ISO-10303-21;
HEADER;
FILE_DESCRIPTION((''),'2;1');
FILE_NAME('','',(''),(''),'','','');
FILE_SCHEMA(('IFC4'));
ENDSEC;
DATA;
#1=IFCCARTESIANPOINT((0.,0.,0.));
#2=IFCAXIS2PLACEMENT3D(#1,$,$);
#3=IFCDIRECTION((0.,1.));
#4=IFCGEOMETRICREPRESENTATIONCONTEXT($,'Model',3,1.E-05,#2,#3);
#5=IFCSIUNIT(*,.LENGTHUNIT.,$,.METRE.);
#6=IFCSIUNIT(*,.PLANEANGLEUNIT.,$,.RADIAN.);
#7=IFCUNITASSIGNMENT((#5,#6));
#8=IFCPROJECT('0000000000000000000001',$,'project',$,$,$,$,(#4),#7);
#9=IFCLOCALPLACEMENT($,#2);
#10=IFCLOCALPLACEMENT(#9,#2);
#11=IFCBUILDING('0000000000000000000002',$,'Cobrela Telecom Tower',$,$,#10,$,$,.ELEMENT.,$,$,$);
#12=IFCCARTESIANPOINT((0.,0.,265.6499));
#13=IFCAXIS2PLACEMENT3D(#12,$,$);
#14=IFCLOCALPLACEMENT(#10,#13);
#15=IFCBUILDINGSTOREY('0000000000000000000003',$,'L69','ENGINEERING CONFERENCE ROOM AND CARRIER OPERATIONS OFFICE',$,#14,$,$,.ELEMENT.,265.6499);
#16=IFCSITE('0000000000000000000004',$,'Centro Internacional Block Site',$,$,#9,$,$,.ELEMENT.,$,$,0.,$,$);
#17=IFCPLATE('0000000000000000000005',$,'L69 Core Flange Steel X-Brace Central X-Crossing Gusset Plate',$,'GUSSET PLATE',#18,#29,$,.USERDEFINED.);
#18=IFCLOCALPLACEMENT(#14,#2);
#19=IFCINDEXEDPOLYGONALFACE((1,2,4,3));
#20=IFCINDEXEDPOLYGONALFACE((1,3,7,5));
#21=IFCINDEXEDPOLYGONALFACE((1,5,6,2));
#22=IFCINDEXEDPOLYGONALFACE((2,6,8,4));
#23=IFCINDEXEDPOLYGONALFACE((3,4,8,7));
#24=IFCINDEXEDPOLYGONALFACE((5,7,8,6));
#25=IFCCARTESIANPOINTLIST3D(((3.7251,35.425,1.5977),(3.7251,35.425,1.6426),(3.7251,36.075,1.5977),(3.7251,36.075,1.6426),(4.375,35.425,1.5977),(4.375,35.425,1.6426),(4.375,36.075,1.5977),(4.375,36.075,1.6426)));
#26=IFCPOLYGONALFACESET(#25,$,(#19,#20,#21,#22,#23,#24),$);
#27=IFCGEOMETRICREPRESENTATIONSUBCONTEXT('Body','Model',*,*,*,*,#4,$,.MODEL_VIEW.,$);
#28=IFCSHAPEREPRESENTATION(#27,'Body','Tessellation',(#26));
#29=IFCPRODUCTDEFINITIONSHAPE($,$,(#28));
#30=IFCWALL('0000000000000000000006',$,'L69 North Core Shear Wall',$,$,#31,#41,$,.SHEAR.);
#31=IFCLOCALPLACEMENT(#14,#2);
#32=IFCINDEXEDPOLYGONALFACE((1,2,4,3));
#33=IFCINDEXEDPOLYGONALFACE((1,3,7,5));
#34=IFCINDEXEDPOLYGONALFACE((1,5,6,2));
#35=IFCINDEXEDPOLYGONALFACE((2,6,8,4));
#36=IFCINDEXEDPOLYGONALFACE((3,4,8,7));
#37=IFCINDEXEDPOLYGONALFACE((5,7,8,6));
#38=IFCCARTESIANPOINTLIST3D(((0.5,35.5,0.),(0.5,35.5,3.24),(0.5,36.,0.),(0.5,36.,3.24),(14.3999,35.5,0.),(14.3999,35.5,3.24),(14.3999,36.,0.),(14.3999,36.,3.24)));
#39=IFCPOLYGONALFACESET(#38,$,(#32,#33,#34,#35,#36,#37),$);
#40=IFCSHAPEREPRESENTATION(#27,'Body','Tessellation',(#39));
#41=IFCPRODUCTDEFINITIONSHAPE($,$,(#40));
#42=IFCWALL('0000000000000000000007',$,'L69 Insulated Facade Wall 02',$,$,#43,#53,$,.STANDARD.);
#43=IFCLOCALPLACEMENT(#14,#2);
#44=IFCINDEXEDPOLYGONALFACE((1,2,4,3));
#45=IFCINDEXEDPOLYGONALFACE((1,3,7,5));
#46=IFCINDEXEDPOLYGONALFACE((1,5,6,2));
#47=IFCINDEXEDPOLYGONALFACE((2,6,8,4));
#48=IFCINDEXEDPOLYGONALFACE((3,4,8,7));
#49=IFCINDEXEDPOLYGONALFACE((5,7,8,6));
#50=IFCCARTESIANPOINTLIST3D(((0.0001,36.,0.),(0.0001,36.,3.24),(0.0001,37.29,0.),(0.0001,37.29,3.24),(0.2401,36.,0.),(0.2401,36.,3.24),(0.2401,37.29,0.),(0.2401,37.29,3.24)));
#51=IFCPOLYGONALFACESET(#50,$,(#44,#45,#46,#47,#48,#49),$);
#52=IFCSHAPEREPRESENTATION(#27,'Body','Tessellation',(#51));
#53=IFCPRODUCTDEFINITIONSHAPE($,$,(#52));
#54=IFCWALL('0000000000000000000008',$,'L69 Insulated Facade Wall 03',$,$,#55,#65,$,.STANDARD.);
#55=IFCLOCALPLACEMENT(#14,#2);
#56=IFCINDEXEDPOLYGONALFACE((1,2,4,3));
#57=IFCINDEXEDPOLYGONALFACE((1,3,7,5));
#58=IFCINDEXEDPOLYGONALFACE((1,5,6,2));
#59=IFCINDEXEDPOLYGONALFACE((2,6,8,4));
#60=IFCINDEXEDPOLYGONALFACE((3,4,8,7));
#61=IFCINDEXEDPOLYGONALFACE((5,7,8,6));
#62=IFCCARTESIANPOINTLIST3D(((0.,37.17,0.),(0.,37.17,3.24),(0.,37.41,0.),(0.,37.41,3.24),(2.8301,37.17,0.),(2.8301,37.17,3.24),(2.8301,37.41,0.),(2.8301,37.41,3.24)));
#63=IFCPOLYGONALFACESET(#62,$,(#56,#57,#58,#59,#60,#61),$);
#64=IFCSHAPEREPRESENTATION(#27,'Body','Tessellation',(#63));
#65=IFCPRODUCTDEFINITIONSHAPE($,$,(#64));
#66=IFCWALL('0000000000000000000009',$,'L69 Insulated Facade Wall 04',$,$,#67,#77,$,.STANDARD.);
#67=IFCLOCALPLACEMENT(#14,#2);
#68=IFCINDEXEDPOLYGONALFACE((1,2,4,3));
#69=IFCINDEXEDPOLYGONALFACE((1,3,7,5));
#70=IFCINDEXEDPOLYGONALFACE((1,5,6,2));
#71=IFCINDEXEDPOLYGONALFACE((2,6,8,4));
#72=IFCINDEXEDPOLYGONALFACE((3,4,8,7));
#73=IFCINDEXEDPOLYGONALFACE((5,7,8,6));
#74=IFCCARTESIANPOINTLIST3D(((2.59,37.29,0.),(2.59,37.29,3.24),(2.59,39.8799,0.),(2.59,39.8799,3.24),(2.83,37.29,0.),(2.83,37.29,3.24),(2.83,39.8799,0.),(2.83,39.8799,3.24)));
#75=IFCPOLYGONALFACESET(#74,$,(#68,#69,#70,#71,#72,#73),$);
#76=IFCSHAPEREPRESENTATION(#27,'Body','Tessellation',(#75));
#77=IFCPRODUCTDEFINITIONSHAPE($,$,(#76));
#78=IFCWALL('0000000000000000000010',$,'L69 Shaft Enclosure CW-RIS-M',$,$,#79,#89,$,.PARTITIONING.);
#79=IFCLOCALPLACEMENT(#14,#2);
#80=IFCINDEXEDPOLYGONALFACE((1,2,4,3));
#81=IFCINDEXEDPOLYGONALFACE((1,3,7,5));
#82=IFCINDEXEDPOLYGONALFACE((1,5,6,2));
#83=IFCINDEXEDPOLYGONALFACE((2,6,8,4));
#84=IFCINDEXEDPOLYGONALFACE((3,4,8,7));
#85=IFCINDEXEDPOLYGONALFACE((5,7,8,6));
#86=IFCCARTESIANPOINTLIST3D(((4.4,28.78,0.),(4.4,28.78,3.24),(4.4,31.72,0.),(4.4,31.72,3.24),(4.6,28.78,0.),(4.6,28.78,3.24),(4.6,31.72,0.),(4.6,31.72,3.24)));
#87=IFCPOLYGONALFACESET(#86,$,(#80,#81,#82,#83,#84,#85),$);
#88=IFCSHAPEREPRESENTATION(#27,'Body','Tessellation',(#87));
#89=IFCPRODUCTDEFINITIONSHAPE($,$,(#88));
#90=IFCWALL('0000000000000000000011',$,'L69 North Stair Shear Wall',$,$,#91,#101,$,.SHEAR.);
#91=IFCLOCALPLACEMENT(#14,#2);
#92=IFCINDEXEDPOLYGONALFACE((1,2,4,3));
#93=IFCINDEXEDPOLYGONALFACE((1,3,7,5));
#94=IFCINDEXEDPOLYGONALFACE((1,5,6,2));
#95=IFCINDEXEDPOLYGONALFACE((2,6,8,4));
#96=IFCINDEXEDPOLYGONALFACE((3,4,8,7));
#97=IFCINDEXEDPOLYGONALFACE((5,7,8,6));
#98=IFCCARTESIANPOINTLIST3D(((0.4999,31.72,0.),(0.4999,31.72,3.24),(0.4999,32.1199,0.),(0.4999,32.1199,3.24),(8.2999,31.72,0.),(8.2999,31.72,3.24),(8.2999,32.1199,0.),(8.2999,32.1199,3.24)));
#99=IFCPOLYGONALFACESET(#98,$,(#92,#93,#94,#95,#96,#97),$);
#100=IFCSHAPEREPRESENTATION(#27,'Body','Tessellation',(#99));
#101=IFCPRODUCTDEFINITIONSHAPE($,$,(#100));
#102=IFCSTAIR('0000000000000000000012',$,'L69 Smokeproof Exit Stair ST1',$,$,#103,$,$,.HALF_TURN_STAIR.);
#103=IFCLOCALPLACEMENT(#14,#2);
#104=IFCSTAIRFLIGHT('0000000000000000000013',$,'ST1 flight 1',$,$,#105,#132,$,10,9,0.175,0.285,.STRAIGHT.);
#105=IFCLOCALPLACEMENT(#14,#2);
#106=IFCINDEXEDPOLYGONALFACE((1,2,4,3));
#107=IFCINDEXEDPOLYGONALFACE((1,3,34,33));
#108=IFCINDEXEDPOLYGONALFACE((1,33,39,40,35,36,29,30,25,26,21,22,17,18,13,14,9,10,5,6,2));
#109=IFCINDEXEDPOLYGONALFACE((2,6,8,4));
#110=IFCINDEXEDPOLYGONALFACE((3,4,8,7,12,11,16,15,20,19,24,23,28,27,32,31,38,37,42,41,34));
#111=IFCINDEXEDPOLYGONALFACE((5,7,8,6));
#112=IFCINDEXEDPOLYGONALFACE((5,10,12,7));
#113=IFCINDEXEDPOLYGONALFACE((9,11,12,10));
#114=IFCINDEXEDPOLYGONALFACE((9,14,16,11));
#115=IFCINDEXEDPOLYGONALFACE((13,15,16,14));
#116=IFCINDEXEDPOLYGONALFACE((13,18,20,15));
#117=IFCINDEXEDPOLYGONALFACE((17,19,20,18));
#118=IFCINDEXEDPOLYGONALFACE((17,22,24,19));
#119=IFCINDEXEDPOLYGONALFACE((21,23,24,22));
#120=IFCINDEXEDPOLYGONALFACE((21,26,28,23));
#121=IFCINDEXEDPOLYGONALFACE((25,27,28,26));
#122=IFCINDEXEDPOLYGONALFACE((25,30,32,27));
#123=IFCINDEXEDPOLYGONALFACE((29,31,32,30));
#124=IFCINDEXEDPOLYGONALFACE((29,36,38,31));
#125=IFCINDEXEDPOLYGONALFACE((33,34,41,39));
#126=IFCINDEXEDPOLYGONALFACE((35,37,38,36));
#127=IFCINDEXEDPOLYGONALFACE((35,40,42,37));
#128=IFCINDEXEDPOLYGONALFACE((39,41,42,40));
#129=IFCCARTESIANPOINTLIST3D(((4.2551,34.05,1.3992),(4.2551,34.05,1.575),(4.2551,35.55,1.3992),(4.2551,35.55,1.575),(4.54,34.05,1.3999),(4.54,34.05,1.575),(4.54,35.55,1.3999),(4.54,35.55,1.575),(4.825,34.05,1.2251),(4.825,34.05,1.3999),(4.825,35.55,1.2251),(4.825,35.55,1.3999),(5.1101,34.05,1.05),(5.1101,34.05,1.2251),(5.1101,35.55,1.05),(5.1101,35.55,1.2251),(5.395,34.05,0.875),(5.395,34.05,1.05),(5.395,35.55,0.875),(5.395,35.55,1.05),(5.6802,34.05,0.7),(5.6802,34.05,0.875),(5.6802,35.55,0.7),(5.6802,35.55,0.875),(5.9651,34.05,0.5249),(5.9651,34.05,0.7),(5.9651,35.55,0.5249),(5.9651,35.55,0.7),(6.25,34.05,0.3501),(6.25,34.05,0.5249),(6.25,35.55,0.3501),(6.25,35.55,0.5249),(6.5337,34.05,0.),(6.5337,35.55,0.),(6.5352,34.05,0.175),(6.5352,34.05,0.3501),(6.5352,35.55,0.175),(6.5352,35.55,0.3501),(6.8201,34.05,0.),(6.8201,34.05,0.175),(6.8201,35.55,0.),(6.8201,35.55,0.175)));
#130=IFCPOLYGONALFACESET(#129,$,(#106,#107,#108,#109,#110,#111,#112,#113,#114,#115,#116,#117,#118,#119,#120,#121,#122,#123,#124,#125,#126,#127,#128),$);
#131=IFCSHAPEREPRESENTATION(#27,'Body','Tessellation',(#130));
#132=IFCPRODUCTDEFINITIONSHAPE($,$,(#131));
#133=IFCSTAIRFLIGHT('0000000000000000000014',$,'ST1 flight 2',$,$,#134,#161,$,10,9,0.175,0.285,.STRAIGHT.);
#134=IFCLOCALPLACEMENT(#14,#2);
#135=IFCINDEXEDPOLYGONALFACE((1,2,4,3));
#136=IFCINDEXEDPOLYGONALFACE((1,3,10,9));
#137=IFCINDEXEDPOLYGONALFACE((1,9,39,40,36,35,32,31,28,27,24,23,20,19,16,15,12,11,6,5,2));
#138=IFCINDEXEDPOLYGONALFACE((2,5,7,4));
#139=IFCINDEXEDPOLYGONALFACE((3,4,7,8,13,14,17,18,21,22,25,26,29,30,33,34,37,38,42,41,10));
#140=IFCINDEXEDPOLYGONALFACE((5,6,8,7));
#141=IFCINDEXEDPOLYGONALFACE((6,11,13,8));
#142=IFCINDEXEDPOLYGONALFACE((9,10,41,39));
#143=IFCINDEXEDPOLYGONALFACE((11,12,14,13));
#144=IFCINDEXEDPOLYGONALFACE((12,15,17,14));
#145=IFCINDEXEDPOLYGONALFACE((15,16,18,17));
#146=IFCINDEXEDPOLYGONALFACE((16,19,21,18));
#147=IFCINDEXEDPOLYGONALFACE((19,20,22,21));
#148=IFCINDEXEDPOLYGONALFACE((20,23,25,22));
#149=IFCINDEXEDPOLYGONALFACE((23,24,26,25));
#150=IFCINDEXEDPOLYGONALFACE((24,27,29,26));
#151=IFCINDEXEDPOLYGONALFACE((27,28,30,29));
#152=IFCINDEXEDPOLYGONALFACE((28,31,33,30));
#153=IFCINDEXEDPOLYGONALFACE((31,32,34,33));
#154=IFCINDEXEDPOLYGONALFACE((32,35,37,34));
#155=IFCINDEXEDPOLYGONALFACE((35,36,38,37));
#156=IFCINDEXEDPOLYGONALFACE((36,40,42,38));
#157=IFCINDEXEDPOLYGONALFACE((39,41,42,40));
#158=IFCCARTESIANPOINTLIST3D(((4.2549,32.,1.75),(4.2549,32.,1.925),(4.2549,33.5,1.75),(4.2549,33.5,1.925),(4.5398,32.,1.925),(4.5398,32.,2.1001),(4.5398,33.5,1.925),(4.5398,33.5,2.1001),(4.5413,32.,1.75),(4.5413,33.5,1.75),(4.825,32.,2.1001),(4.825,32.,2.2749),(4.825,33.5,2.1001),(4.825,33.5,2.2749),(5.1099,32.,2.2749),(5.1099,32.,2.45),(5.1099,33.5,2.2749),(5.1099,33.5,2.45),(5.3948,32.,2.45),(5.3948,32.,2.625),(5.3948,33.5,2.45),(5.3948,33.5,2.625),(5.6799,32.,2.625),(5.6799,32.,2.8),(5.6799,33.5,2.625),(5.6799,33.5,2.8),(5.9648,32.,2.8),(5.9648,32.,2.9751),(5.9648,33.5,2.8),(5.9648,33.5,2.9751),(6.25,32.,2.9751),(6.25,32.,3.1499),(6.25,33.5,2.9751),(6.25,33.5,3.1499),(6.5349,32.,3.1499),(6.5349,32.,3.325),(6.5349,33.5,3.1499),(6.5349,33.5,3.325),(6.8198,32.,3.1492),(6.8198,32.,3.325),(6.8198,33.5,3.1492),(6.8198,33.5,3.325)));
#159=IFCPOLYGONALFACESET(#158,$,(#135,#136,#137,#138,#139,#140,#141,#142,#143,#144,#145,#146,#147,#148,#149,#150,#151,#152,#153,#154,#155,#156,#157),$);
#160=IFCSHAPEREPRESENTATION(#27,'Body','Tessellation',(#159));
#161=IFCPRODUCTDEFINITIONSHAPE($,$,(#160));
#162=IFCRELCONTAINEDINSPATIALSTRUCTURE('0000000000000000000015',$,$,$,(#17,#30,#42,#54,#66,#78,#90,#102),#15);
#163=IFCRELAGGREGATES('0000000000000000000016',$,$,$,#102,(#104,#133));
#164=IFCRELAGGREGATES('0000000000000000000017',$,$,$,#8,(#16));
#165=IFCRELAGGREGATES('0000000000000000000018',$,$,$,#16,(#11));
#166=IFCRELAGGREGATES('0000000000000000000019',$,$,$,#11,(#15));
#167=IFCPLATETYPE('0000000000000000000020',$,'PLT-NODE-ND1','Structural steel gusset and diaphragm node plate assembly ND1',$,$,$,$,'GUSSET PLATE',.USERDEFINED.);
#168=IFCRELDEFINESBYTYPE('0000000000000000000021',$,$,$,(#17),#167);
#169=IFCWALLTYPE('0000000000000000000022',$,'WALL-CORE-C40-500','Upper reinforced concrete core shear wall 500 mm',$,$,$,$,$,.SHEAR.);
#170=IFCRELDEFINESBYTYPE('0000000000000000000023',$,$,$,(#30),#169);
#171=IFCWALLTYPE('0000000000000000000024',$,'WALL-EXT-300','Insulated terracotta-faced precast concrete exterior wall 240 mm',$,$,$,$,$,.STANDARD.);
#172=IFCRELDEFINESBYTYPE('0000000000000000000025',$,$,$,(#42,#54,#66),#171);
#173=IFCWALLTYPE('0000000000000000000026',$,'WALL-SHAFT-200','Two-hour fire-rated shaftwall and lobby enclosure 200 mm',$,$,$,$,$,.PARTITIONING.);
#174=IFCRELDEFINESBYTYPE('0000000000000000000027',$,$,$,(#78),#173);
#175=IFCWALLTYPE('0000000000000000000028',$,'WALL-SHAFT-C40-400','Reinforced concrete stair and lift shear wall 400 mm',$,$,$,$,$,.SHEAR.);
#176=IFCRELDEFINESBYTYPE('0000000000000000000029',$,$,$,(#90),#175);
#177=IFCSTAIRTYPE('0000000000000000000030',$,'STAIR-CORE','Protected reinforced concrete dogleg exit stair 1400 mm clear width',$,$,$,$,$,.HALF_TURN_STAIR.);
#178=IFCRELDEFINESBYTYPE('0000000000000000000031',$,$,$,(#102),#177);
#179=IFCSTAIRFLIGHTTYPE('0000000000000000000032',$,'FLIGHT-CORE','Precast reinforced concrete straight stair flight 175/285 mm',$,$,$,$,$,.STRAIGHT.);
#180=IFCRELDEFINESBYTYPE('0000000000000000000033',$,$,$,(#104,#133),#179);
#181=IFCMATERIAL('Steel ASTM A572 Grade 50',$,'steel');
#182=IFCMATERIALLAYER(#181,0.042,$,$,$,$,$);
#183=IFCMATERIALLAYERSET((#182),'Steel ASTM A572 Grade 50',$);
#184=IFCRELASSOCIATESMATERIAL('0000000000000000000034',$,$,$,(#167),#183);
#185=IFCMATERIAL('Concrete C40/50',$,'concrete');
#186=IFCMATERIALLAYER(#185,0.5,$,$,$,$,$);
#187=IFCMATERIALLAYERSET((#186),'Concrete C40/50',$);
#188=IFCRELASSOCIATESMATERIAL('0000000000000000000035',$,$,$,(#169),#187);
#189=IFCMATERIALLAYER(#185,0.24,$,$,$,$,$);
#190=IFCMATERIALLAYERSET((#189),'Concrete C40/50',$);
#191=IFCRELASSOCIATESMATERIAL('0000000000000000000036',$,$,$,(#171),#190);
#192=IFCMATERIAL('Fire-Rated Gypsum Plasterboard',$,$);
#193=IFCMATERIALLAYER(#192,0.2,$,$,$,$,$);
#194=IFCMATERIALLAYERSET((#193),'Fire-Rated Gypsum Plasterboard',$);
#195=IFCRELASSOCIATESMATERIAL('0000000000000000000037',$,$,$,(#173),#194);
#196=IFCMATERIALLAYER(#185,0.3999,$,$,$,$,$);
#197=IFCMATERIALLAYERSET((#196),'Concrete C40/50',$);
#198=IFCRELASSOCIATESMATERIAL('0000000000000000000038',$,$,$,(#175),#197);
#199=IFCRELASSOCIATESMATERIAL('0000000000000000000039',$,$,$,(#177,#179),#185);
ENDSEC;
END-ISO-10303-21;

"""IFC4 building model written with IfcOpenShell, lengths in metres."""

from ifc_helpers import new_model, si_unit, direction, frame, frame_2d, origin, origin_2d, place, context, subcontext, project, spatial, polyline, rectangle, outline, extrude, material, layer, layer_set, type_object, element, aggregate, save


model = new_model("IFC4")

# Units and contexts
model_context = context("Model", 3, precision=1e-05, world=origin(), true_north=direction((0.0, 1.0)))
body_context = subcontext(model_context, "Body", "Model", "MODEL_VIEW")
ifc_project = project(units=[si_unit("LENGTHUNIT", "METRE"), si_unit("PLANEANGLEUNIT", "RADIAN")], contexts=[model_context])

# Site, building, storey
site_placement = place(None, origin())
site = spatial("IfcSite", under=ifc_project, at=site_placement, Name="Centro Internacional Block Site", CompositionType="ELEMENT", RefElevation=0.0)
building_placement = place(site_placement, origin())
building = spatial("IfcBuilding", under=site, at=building_placement, Name="Cobrela Telecom Tower", CompositionType="ELEMENT")
storey_placement = place(building_placement, frame((0.0, 0.0, 265.6499)))
storey = spatial("IfcBuildingStorey", under=building, at=storey_placement, Name="L69", Description="ENGINEERING CONFERENCE ROOM AND CARRIER OPERATIONS OFFICE", CompositionType="ELEMENT", Elevation=265.6499)

# Shared definitions
ifc_material_1 = material(Name="Steel ASTM A572 Grade 50", Category="steel")

# Plate
ifc_layer_1 = layer(ifc_material_1, 0.042)
ifc_layer_set_1 = layer_set([ifc_layer_1], Name="Steel ASTM A572 Grade 50")
plate_type_1 = type_object("IfcPlateType", Name="PLT-NODE-ND1", Description="Structural steel gusset and diaphragm node plate assembly ND1", ElementType="GUSSET PLATE", PredefinedType="USERDEFINED", material=ifc_layer_set_1)
plate_1_placement = place(storey_placement, frame((4.05, 35.75, 1.5977), z_axis=(0.0, 0.0, 1.0), x_axis=(1.0, 0.0, 0.0)))
element("IfcPlate", 1, at=plate_1_placement, inside=storey, type_object=plate_type_1, Name="L69 Core Flange Steel X-Brace Central X-Crossing Gusset Plate", ObjectType="GUSSET PLATE", PredefinedType="USERDEFINED", context=body_context, shape_type="SweptSolid", body=[
    extrude(rectangle(XDim=0.6499, YDim=0.6499, at=origin_2d()), origin(), (0.0, 0.0, 1.0), 0.0449),
])

# Walls
ifc_material_2 = material(Name="Concrete C40/50", Category="concrete")
ifc_layer_2 = layer(ifc_material_2, 0.5)
ifc_layer_set_2 = layer_set([ifc_layer_2], Name="Concrete C40/50")
wall_type_1 = type_object("IfcWallType", Name="WALL-CORE-C40-500", Description="Upper reinforced concrete core shear wall 500 mm", PredefinedType="SHEAR", material=ifc_layer_set_2)
wall_1_placement = place(storey_placement, frame((0.5, 35.75, 0.0), z_axis=(0.0, 0.0, 1.0), x_axis=(1.0, 0.0, 0.0)))
element("IfcWall", 2, at=wall_1_placement, inside=storey, type_object=wall_type_1, Name="L69 North Core Shear Wall", PredefinedType="SHEAR", context=body_context, shape_type="SweptSolid", body=[
    extrude(rectangle(XDim=13.8999, YDim=0.5, at=frame_2d((6.95, 0.0))), origin(), (0.0, 0.0, 1.0), 3.24),
])
ifc_layer_3 = layer(ifc_material_2, 0.24)
ifc_layer_set_3 = layer_set([ifc_layer_3], Name="Concrete C40/50")
wall_type_2 = type_object("IfcWallType", Name="WALL-EXT-300", Description="Insulated terracotta-faced precast concrete exterior wall 240 mm", PredefinedType="STANDARD", material=ifc_layer_set_3)
wall_2_placement = place(storey_placement, frame((0.1201, 36.0, 0.0), z_axis=(0.0, 0.0, 1.0), x_axis=(0.0, 1.0, 0.0)))
element("IfcWall", 3, at=wall_2_placement, inside=storey, type_object=wall_type_2, Name="L69 Insulated Facade Wall 02", PredefinedType="STANDARD", context=body_context, shape_type="SweptSolid", body=[
    extrude(rectangle(XDim=1.29, YDim=0.24, at=frame_2d((0.645, 0.0))), origin(), (0.0, 0.0, 1.0), 3.24),
])
wall_3_placement = place(storey_placement, frame((0.0, 37.29, 0.0), z_axis=(0.0, 0.0, 1.0), x_axis=(1.0, 0.0, 0.0)))
element("IfcWall", 4, at=wall_3_placement, inside=storey, type_object=wall_type_2, Name="L69 Insulated Facade Wall 03", PredefinedType="STANDARD", context=body_context, shape_type="SweptSolid", body=[
    extrude(rectangle(XDim=2.8301, YDim=0.24, at=frame_2d((1.415, 0.0))), origin(), (0.0, 0.0, 1.0), 3.24),
])
wall_4_placement = place(storey_placement, frame((2.71, 37.29, 0.0), z_axis=(0.0, 0.0, 1.0), x_axis=(0.0, 1.0, 0.0)))
element("IfcWall", 5, at=wall_4_placement, inside=storey, type_object=wall_type_2, Name="L69 Insulated Facade Wall 04", PredefinedType="STANDARD", context=body_context, shape_type="SweptSolid", body=[
    extrude(rectangle(XDim=2.5898, YDim=0.24, at=frame_2d((1.2949, 0.0))), origin(), (0.0, 0.0, 1.0), 3.24),
])

# Shared definitions
ifc_material_3 = material(Name="Fire-Rated Gypsum Plasterboard")
ifc_layer_4 = layer(ifc_material_3, 0.2)
ifc_layer_set_4 = layer_set([ifc_layer_4], Name="Fire-Rated Gypsum Plasterboard")
wall_type_3 = type_object("IfcWallType", Name="WALL-SHAFT-200", Description="Two-hour fire-rated shaftwall and lobby enclosure 200 mm", PredefinedType="PARTITIONING", material=ifc_layer_set_4)

# Walls
wall_5_placement = place(storey_placement, frame((4.5, 28.78, 0.0), z_axis=(0.0, 0.0, 1.0), x_axis=(0.0, 1.0, 0.0)))
element("IfcWall", 6, at=wall_5_placement, inside=storey, type_object=wall_type_3, Name="L69 Shaft Enclosure CW-RIS-M", PredefinedType="PARTITIONING", context=body_context, shape_type="SweptSolid", body=[
    extrude(rectangle(XDim=2.9399, YDim=0.2, at=frame_2d((1.47, 0.0))), origin(), (0.0, 0.0, 1.0), 3.24),
])
ifc_layer_5 = layer(ifc_material_2, 0.3999)
ifc_layer_set_5 = layer_set([ifc_layer_5], Name="Concrete C40/50")
wall_type_4 = type_object("IfcWallType", Name="WALL-SHAFT-C40-400", Description="Reinforced concrete stair and lift shear wall 400 mm", PredefinedType="SHEAR", material=ifc_layer_set_5)
wall_6_placement = place(storey_placement, frame((0.5, 31.9199, 0.0), z_axis=(0.0, 0.0, 1.0), x_axis=(1.0, 0.0, 0.0)))
element("IfcWall", 7, at=wall_6_placement, inside=storey, type_object=wall_type_4, Name="L69 North Stair Shear Wall", PredefinedType="SHEAR", context=body_context, shape_type="SweptSolid", body=[
    extrude(rectangle(XDim=7.8, YDim=0.3999, at=frame_2d((3.8999, 0.0))), origin(), (0.0, 0.0, 1.0), 3.24),
])

# Stair, stair flights
stair_type = type_object("IfcStairType", Name="STAIR-CORE", Description="Protected reinforced concrete dogleg exit stair 1400 mm clear width", PredefinedType="HALF_TURN_STAIR", material=ifc_material_2)
stair_placement = place(storey_placement, origin())
stair = element("IfcStair", 8, at=stair_placement, inside=storey, type_object=stair_type, Name="L69 Smokeproof Exit Stair ST1", PredefinedType="HALF_TURN_STAIR")
stair_flight_type = type_object("IfcStairFlightType", Name="FLIGHT-CORE", Description="Precast reinforced concrete straight stair flight 175/285 mm", PredefinedType="STRAIGHT", material=ifc_material_2)
stair_flight_1_placement = place(storey_placement, frame((6.8201, 34.8, 0.0), z_axis=(0.0, 0.0, 1.0), x_axis=(-1.0, 0.0, 0.0)))
stair_flight_1 = element("IfcStairFlight", 9, at=stair_flight_1_placement, type_object=stair_flight_type, Name="ST1 flight 1", NumberOfRisers=10, NumberOfTreads=9, PredefinedType="STRAIGHT", RiserHeight=0.175, TreadLength=0.285, context=body_context, shape_type="SweptSolid", body=[
    extrude(outline(polyline([(0.0, 0.0), (0.0, 0.175), (0.2849, 0.175), (0.2849, 0.3501), (0.5701, 0.3501), (0.5701, 0.5249), (0.855, 0.5249), (0.855, 0.7), (1.1399, 0.7), (1.1399, 0.875), (1.425, 0.875), (1.425, 1.05), (1.71, 1.05), (1.71, 1.2251), (1.9951, 1.2251), (1.9951, 1.3999), (2.28, 1.3999), (2.28, 1.575), (2.5649, 1.575), (2.5649, 1.75), (2.5649, 1.3992), (0.2864, 0.0), (0.0, 0.0)])), frame((0.0, 0.75, 0.0), z_axis=(0.0, -1.0, 0.0), x_axis=(1.0, 0.0, 0.0)), (0.0, 0.0, 1.0), 1.5),
])
stair_flight_2_placement = place(storey_placement, frame((4.2549, 32.75, 1.75), z_axis=(0.0, 0.0, 1.0), x_axis=(1.0, 0.0, 0.0)))
stair_flight_2 = element("IfcStairFlight", 10, at=stair_flight_2_placement, type_object=stair_flight_type, Name="ST1 flight 2", NumberOfRisers=10, NumberOfTreads=9, PredefinedType="STRAIGHT", RiserHeight=0.175, TreadLength=0.285, context=body_context, shape_type="SweptSolid", body=[
    extrude(outline(polyline([(0.0, 0.0), (0.0, 0.175), (0.2849, 0.175), (0.2849, 0.3501), (0.5701, 0.3501), (0.5701, 0.5249), (0.855, 0.5249), (0.855, 0.7), (1.1399, 0.7), (1.1399, 0.875), (1.425, 0.875), (1.425, 1.05), (1.71, 1.05), (1.71, 1.2251), (1.9951, 1.2251), (1.9951, 1.3999), (2.28, 1.3999), (2.28, 1.575), (2.5649, 1.575), (2.5649, 1.75), (2.5649, 1.3992), (0.2864, 0.0), (0.0, 0.0)])), frame((0.0, 0.75, 0.0), z_axis=(0.0, -1.0, 0.0), x_axis=(1.0, 0.0, 0.0)), (0.0, 0.0, 1.0), 1.5),
])
aggregate(stair, [stair_flight_1, stair_flight_2])

save(model, "model.ifc")
